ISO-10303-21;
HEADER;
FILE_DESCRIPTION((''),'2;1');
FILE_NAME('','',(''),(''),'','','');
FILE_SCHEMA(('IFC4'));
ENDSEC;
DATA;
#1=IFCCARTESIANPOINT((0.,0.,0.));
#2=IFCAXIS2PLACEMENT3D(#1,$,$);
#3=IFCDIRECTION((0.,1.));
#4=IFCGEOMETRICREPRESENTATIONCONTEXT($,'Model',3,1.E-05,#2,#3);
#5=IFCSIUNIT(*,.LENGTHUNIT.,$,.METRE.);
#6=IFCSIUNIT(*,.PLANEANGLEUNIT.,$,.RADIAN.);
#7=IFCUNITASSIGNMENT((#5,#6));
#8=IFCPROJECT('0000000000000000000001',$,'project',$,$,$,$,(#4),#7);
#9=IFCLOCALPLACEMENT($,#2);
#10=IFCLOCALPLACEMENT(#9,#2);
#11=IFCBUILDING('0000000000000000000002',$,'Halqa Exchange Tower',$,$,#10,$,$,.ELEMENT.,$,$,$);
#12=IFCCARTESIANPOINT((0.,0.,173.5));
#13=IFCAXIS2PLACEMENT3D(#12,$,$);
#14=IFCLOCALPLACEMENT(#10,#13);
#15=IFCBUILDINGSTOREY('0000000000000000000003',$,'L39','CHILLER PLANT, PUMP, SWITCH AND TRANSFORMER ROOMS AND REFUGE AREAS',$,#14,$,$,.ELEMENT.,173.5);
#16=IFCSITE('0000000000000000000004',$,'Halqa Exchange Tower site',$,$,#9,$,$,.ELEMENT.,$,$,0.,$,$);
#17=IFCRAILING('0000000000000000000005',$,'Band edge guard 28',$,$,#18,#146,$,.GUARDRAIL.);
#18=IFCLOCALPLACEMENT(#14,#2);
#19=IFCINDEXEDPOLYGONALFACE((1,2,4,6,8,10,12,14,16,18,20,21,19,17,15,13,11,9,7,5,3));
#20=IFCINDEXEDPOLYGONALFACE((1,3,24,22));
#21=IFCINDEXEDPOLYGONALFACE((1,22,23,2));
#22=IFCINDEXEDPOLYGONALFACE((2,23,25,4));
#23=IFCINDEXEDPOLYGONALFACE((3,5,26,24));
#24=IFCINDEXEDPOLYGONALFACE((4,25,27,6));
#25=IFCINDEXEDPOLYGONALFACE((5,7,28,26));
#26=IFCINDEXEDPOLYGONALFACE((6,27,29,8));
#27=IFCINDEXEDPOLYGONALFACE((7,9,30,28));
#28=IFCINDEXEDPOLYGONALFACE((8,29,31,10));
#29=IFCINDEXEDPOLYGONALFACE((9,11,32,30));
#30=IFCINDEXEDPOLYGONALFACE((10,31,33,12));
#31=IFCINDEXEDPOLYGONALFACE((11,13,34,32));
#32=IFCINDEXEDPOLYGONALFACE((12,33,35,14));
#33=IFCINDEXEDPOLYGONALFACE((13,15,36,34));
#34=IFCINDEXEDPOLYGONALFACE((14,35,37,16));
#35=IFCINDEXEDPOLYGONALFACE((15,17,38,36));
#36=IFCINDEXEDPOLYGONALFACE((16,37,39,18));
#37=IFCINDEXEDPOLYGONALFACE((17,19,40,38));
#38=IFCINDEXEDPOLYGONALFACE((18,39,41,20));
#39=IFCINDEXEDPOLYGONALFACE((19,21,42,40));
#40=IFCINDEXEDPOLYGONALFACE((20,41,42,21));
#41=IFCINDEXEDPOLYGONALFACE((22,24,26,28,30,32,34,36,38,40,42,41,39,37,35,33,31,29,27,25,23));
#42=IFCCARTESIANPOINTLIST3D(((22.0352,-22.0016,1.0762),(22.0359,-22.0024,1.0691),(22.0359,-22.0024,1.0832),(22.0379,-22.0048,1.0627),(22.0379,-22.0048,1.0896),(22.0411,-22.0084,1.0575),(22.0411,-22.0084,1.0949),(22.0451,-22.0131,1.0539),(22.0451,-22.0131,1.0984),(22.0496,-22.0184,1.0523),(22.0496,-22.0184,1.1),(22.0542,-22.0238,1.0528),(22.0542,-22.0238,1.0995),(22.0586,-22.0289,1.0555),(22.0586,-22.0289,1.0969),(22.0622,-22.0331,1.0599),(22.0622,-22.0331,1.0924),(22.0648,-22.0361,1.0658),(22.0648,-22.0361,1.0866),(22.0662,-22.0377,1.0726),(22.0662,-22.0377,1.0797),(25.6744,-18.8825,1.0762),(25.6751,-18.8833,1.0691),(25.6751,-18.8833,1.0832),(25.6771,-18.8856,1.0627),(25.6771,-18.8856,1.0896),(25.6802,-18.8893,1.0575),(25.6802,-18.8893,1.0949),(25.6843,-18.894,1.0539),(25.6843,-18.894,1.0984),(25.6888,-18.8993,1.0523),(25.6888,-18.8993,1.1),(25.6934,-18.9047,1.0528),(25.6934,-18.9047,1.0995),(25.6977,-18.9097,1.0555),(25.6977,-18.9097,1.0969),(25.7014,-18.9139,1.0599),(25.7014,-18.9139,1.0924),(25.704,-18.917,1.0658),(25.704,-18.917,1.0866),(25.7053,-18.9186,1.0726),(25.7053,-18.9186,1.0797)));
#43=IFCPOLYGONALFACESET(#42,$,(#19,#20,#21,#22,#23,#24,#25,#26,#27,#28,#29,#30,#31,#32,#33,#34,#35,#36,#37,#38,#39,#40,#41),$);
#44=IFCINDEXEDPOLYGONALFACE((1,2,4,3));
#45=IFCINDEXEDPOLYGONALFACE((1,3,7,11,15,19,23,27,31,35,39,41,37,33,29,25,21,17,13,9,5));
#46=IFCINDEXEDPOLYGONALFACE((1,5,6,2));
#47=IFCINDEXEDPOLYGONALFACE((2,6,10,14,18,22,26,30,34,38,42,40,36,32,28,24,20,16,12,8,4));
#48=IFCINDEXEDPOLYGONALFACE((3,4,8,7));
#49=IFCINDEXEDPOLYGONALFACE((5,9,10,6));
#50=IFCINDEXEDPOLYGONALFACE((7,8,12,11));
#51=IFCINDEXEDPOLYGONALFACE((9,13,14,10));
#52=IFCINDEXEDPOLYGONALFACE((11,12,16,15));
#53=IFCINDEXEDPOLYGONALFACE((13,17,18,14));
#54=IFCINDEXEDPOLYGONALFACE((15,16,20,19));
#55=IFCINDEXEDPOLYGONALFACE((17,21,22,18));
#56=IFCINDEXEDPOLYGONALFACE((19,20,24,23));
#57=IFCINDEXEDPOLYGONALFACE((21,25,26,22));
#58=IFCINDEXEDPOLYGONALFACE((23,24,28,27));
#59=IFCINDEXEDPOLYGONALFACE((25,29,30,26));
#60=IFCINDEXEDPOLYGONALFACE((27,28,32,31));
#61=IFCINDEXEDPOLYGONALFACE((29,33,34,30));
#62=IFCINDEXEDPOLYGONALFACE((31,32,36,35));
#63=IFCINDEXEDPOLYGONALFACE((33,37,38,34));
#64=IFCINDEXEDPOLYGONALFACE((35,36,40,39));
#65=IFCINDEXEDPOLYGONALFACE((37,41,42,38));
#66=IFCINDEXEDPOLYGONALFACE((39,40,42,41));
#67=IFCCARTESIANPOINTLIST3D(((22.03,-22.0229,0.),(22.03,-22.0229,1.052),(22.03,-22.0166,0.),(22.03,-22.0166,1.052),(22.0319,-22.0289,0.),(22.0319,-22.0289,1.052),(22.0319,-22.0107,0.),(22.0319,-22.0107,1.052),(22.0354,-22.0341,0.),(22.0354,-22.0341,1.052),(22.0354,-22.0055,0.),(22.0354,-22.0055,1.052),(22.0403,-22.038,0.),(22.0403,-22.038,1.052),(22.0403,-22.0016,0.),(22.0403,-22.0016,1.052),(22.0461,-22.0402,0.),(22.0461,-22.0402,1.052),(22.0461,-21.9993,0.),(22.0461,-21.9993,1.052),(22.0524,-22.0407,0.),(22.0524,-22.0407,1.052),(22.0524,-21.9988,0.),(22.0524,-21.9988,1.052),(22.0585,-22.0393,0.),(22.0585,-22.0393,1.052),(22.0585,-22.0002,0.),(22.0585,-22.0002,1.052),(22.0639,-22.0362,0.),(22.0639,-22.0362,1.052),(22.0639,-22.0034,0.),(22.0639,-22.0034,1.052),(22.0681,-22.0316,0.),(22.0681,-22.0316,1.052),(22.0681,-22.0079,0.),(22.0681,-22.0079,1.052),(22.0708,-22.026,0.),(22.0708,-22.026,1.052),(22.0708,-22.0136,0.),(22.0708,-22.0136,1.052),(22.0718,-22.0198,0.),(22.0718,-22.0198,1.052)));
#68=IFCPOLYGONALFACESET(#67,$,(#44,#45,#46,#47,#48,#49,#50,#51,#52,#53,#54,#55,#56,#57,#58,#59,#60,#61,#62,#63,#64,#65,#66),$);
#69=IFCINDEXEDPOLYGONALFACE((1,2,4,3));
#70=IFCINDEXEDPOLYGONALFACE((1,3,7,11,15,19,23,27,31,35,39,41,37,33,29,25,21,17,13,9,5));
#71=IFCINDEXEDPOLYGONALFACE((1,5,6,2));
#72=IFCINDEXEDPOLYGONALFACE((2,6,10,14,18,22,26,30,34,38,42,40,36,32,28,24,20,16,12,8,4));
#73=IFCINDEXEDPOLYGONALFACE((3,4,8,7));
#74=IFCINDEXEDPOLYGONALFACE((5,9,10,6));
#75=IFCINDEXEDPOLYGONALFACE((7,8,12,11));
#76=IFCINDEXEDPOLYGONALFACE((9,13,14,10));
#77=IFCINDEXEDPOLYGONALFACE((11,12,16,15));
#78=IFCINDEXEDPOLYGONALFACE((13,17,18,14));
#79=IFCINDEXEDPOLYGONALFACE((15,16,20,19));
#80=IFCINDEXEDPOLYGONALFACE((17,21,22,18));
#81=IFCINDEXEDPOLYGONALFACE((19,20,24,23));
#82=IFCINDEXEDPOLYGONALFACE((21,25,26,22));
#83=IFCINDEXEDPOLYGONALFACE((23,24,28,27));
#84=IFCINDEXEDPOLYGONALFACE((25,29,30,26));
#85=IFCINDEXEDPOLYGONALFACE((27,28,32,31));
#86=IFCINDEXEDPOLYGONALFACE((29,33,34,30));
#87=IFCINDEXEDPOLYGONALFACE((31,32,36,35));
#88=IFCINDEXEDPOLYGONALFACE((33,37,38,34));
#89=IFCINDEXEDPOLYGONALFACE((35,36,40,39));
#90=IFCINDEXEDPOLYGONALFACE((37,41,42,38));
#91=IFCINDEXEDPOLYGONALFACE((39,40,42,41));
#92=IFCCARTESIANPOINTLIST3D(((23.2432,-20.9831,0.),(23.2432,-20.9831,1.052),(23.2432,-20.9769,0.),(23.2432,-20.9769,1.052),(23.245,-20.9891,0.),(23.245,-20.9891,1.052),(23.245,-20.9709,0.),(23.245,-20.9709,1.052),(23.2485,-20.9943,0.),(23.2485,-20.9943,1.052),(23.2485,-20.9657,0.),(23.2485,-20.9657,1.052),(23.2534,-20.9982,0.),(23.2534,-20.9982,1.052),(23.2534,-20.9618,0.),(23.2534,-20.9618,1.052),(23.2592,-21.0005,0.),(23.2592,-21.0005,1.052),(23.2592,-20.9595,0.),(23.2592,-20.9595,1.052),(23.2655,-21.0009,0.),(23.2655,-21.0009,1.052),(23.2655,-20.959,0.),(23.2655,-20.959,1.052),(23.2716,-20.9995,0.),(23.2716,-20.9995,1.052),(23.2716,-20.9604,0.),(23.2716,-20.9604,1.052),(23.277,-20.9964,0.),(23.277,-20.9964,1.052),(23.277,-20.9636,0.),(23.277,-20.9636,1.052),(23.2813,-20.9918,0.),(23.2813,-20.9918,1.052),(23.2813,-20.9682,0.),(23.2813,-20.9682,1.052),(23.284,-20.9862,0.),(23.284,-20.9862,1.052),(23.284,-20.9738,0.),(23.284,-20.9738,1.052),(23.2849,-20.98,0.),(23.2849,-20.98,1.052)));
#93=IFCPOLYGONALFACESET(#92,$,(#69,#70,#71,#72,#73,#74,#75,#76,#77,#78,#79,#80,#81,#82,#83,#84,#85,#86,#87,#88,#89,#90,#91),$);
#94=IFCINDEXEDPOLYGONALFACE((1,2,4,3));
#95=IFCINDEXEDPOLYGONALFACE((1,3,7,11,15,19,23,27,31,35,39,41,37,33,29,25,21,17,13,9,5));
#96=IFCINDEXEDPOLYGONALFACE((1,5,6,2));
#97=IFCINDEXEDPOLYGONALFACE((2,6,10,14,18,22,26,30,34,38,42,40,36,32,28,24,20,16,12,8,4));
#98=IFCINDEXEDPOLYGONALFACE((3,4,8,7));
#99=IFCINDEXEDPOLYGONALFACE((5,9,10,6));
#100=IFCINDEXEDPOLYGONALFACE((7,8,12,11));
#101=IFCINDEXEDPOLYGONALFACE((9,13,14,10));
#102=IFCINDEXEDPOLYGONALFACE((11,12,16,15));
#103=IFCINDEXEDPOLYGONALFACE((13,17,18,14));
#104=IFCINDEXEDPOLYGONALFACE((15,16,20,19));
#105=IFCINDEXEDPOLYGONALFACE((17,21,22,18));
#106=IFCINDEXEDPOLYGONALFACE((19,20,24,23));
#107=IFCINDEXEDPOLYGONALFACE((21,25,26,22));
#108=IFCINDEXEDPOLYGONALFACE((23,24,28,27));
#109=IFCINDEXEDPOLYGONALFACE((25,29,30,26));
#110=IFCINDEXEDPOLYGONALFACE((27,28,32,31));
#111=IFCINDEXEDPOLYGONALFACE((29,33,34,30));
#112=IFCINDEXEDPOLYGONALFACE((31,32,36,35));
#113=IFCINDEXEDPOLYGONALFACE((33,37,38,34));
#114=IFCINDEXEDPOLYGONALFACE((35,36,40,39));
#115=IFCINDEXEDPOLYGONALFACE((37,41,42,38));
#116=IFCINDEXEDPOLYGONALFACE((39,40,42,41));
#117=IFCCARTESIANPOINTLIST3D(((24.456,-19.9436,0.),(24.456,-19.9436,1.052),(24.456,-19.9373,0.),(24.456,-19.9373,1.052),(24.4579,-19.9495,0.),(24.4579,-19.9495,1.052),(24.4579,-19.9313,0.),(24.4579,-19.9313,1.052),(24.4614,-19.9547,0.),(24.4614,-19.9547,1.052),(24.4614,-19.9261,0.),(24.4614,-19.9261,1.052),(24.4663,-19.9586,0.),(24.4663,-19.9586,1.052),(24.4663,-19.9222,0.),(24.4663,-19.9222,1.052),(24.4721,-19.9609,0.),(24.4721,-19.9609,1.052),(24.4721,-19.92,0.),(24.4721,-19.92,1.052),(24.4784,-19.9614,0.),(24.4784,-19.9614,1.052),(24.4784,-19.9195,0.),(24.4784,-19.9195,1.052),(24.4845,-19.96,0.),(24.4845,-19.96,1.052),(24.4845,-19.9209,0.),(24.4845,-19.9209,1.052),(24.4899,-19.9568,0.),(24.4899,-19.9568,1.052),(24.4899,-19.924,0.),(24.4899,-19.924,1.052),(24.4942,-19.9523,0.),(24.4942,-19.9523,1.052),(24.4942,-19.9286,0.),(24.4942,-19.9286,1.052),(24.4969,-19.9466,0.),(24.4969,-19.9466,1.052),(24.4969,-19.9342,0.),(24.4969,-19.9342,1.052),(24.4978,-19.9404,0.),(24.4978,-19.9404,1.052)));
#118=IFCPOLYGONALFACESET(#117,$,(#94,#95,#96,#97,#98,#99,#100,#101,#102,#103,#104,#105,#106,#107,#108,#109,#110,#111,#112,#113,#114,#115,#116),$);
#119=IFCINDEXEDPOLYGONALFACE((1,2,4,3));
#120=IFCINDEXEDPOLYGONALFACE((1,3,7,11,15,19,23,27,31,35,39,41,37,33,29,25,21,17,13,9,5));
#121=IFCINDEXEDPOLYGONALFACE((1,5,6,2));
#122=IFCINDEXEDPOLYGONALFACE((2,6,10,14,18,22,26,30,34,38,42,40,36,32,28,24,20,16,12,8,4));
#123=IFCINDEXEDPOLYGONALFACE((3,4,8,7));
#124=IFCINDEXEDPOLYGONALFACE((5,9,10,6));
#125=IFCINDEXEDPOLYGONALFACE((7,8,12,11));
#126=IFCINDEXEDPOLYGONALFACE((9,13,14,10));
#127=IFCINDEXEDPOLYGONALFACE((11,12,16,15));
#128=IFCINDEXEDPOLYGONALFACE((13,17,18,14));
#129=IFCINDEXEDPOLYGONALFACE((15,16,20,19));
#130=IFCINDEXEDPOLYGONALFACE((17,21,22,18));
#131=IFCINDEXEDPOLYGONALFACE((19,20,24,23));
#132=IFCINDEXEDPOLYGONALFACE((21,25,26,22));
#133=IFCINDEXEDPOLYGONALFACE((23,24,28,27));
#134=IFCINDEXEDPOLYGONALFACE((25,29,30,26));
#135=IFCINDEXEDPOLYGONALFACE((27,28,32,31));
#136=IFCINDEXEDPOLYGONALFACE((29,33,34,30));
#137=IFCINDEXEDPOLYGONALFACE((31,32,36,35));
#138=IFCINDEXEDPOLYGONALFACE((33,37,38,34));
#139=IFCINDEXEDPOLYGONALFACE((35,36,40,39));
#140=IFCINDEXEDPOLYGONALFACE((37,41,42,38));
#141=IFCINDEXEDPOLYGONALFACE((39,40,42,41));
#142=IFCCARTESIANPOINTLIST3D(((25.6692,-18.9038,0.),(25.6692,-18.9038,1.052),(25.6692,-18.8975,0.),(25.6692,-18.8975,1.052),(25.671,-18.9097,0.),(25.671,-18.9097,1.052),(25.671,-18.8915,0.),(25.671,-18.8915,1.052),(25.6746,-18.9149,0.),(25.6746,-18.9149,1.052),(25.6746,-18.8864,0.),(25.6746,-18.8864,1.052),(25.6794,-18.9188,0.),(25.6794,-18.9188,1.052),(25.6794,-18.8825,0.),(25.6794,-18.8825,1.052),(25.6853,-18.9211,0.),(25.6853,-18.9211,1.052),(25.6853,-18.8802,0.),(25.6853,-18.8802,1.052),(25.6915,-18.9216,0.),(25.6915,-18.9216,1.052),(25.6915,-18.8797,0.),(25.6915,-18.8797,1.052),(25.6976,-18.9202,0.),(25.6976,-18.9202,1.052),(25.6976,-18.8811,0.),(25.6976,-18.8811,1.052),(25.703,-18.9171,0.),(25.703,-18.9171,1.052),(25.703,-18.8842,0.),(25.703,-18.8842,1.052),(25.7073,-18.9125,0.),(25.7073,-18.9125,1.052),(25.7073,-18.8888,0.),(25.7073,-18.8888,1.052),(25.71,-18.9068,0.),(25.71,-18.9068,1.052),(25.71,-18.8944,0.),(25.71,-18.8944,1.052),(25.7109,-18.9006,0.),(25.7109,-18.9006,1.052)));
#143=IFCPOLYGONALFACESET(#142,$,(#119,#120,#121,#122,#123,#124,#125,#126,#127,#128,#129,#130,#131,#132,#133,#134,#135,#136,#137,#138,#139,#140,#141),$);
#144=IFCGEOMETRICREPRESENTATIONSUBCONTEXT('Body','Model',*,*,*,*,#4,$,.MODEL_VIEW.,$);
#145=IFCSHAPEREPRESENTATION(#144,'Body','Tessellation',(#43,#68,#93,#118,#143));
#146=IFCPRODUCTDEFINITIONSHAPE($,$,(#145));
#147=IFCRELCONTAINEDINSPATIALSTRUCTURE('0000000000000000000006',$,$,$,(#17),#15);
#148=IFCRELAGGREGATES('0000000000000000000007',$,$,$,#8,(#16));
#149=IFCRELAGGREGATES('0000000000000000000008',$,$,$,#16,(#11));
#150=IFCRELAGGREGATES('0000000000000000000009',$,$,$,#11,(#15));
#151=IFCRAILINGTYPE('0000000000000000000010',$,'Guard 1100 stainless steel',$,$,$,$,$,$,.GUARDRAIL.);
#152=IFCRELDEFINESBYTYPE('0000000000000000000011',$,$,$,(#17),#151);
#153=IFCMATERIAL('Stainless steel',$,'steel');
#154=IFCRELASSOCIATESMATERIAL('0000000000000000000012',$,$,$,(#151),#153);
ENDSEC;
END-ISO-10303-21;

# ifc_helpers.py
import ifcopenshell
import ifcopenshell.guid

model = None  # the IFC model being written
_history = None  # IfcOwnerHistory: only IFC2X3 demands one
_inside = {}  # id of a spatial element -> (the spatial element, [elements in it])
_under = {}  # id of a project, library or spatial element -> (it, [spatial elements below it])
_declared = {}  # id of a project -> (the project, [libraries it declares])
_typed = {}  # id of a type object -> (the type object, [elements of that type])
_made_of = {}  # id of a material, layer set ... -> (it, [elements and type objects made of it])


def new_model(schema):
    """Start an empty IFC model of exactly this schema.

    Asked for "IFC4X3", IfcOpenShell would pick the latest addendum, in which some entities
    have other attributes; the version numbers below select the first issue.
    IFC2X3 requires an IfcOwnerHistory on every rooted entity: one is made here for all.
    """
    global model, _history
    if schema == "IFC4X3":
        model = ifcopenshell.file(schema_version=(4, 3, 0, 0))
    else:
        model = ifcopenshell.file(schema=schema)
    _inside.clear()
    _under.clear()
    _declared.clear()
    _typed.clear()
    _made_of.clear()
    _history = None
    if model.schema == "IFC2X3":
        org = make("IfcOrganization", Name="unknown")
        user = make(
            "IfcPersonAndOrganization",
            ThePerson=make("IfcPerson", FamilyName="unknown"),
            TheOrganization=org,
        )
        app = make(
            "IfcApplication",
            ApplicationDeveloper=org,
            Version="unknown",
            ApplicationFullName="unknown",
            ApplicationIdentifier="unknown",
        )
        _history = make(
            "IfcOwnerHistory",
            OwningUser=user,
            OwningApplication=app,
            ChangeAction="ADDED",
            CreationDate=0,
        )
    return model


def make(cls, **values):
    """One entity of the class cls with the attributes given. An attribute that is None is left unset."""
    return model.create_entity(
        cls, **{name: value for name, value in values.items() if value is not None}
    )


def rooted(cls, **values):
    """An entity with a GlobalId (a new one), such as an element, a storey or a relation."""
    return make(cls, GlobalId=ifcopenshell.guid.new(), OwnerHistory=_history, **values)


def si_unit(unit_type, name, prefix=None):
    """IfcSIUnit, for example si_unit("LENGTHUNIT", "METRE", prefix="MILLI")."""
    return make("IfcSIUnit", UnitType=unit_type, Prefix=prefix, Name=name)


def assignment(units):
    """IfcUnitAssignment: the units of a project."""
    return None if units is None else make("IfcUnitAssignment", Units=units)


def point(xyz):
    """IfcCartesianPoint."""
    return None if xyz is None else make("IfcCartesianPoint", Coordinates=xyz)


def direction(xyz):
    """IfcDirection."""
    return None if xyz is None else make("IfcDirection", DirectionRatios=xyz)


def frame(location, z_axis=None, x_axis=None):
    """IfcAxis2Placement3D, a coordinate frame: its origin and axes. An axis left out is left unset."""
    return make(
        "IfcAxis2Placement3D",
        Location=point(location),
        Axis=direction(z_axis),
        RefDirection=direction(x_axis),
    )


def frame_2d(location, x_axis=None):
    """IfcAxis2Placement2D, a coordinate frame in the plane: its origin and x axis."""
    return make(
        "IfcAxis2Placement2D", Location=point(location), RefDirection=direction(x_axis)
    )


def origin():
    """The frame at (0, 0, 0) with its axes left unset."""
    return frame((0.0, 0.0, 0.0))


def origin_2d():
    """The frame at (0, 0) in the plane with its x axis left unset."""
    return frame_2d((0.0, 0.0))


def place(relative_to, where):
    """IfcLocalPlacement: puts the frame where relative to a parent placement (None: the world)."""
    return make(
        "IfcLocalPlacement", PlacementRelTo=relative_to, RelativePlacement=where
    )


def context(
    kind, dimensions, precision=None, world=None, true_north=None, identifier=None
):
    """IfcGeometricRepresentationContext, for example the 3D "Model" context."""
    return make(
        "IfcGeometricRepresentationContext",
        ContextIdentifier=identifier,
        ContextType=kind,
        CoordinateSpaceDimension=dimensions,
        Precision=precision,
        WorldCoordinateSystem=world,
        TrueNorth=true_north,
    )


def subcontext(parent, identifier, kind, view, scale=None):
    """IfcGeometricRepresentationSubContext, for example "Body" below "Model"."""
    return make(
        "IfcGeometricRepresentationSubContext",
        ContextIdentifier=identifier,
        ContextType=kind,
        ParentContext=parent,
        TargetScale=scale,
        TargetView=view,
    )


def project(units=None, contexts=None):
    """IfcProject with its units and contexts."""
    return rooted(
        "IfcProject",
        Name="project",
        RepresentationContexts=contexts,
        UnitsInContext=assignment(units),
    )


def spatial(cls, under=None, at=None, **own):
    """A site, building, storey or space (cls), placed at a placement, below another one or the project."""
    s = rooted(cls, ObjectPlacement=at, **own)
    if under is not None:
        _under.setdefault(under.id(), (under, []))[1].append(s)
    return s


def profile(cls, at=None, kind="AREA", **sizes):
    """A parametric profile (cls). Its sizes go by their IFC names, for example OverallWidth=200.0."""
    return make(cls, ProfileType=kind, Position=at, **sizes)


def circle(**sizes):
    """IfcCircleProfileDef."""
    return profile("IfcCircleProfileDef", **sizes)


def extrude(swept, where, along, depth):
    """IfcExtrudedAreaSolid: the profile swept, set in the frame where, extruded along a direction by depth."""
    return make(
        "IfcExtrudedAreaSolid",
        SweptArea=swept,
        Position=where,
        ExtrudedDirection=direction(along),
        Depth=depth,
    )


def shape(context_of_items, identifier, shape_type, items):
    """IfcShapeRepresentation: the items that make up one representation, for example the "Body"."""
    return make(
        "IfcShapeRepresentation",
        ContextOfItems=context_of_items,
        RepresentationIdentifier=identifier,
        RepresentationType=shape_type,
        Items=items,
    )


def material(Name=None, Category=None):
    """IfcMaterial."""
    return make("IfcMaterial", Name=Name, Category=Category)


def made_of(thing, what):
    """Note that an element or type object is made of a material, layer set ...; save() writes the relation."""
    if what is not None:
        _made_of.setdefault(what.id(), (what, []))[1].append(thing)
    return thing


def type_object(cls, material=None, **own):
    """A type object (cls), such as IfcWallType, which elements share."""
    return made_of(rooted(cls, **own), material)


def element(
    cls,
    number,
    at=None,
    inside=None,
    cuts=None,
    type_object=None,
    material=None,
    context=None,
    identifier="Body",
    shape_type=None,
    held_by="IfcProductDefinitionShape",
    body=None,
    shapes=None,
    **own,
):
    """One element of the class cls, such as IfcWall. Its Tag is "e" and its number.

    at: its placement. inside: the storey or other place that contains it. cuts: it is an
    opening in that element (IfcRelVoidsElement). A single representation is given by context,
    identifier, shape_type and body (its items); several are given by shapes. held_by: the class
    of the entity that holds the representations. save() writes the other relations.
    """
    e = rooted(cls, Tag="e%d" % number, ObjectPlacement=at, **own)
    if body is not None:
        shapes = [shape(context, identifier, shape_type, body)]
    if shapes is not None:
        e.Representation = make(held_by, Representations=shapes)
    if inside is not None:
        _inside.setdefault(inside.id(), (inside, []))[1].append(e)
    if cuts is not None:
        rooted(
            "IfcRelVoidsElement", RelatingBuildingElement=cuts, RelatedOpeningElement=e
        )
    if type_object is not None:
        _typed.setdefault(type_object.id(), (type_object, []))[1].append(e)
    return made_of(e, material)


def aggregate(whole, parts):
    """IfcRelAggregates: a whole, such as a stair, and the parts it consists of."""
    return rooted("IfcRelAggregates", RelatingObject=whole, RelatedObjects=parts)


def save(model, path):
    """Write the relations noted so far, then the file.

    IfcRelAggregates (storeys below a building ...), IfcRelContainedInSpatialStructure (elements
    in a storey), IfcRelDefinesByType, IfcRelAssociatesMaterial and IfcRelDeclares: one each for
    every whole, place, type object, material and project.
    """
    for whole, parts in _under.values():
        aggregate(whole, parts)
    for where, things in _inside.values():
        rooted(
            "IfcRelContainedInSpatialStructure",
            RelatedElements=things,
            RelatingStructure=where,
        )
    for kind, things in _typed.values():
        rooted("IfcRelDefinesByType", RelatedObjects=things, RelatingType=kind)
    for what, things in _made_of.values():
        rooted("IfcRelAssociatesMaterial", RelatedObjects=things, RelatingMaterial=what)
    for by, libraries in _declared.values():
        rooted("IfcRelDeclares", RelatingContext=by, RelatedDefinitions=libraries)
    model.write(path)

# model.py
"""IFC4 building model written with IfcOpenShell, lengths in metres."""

from ifc_helpers import new_model, si_unit, direction, frame, origin, origin_2d, place, context, subcontext, project, spatial, circle, extrude, material, type_object, element, save


model = new_model("IFC4")

# Units and contexts
model_context = context("Model", 3, precision=1e-05, world=origin(), true_north=direction((0.0, 1.0)))
body_context = subcontext(model_context, "Body", "Model", "MODEL_VIEW")
ifc_project = project(units=[si_unit("LENGTHUNIT", "METRE"), si_unit("PLANEANGLEUNIT", "RADIAN")], contexts=[model_context])

# Site, building, storey
site_placement = place(None, origin())
site = spatial("IfcSite", under=ifc_project, at=site_placement, Name="Halqa Exchange Tower site", CompositionType="ELEMENT", RefElevation=0.0)
building_placement = place(site_placement, origin())
building = spatial("IfcBuilding", under=site, at=building_placement, Name="Halqa Exchange Tower", CompositionType="ELEMENT")
storey_placement = place(building_placement, frame((0.0, 0.0, 173.5)))
storey = spatial("IfcBuildingStorey", under=building, at=storey_placement, Name="L39", Description="CHILLER PLANT, PUMP, SWITCH AND TRANSFORMER ROOMS AND REFUGE AREAS", CompositionType="ELEMENT", Elevation=173.5)

# Railing
ifc_material_1 = material(Name="Stainless steel", Category="steel")
railing_type = type_object("IfcRailingType", Name="Guard 1100 stainless steel", PredefinedType="GUARDRAIL", material=ifc_material_1)
railing_1_placement = place(storey_placement, frame((22.0508, -22.0198, 0.0)))
element("IfcRailing", 1, at=railing_1_placement, inside=storey, type_object=railing_type, Name="Band edge guard 28", PredefinedType="GUARDRAIL", context=body_context, shape_type="SweptSolid", body=[
    extrude(circle(Radius=0.0239, at=origin_2d()), frame((0.0, 0.0, 1.0762), z_axis=(0.759271, 0.650775, 0.0), x_axis=(-0.650775, 0.759271, 0.0)), (0.0, 0.0, 1.0), 4.793),
    extrude(circle(Radius=0.021, at=origin_2d()), origin(), (0.0, 0.0, 1.0), 1.052),
    extrude(circle(Radius=0.021, at=origin_2d()), frame((1.2131, 1.0398, 0.0)), (0.0, 0.0, 1.0), 1.052),
    extrude(circle(Radius=0.021, at=origin_2d()), frame((2.426, 2.0793, 0.0)), (0.0, 0.0, 1.0), 1.052),
    extrude(circle(Radius=0.021, at=origin_2d()), frame((3.6392, 3.1191, 0.0)), (0.0, 0.0, 1.0), 1.052),
])

save(model, "model.ifc")
